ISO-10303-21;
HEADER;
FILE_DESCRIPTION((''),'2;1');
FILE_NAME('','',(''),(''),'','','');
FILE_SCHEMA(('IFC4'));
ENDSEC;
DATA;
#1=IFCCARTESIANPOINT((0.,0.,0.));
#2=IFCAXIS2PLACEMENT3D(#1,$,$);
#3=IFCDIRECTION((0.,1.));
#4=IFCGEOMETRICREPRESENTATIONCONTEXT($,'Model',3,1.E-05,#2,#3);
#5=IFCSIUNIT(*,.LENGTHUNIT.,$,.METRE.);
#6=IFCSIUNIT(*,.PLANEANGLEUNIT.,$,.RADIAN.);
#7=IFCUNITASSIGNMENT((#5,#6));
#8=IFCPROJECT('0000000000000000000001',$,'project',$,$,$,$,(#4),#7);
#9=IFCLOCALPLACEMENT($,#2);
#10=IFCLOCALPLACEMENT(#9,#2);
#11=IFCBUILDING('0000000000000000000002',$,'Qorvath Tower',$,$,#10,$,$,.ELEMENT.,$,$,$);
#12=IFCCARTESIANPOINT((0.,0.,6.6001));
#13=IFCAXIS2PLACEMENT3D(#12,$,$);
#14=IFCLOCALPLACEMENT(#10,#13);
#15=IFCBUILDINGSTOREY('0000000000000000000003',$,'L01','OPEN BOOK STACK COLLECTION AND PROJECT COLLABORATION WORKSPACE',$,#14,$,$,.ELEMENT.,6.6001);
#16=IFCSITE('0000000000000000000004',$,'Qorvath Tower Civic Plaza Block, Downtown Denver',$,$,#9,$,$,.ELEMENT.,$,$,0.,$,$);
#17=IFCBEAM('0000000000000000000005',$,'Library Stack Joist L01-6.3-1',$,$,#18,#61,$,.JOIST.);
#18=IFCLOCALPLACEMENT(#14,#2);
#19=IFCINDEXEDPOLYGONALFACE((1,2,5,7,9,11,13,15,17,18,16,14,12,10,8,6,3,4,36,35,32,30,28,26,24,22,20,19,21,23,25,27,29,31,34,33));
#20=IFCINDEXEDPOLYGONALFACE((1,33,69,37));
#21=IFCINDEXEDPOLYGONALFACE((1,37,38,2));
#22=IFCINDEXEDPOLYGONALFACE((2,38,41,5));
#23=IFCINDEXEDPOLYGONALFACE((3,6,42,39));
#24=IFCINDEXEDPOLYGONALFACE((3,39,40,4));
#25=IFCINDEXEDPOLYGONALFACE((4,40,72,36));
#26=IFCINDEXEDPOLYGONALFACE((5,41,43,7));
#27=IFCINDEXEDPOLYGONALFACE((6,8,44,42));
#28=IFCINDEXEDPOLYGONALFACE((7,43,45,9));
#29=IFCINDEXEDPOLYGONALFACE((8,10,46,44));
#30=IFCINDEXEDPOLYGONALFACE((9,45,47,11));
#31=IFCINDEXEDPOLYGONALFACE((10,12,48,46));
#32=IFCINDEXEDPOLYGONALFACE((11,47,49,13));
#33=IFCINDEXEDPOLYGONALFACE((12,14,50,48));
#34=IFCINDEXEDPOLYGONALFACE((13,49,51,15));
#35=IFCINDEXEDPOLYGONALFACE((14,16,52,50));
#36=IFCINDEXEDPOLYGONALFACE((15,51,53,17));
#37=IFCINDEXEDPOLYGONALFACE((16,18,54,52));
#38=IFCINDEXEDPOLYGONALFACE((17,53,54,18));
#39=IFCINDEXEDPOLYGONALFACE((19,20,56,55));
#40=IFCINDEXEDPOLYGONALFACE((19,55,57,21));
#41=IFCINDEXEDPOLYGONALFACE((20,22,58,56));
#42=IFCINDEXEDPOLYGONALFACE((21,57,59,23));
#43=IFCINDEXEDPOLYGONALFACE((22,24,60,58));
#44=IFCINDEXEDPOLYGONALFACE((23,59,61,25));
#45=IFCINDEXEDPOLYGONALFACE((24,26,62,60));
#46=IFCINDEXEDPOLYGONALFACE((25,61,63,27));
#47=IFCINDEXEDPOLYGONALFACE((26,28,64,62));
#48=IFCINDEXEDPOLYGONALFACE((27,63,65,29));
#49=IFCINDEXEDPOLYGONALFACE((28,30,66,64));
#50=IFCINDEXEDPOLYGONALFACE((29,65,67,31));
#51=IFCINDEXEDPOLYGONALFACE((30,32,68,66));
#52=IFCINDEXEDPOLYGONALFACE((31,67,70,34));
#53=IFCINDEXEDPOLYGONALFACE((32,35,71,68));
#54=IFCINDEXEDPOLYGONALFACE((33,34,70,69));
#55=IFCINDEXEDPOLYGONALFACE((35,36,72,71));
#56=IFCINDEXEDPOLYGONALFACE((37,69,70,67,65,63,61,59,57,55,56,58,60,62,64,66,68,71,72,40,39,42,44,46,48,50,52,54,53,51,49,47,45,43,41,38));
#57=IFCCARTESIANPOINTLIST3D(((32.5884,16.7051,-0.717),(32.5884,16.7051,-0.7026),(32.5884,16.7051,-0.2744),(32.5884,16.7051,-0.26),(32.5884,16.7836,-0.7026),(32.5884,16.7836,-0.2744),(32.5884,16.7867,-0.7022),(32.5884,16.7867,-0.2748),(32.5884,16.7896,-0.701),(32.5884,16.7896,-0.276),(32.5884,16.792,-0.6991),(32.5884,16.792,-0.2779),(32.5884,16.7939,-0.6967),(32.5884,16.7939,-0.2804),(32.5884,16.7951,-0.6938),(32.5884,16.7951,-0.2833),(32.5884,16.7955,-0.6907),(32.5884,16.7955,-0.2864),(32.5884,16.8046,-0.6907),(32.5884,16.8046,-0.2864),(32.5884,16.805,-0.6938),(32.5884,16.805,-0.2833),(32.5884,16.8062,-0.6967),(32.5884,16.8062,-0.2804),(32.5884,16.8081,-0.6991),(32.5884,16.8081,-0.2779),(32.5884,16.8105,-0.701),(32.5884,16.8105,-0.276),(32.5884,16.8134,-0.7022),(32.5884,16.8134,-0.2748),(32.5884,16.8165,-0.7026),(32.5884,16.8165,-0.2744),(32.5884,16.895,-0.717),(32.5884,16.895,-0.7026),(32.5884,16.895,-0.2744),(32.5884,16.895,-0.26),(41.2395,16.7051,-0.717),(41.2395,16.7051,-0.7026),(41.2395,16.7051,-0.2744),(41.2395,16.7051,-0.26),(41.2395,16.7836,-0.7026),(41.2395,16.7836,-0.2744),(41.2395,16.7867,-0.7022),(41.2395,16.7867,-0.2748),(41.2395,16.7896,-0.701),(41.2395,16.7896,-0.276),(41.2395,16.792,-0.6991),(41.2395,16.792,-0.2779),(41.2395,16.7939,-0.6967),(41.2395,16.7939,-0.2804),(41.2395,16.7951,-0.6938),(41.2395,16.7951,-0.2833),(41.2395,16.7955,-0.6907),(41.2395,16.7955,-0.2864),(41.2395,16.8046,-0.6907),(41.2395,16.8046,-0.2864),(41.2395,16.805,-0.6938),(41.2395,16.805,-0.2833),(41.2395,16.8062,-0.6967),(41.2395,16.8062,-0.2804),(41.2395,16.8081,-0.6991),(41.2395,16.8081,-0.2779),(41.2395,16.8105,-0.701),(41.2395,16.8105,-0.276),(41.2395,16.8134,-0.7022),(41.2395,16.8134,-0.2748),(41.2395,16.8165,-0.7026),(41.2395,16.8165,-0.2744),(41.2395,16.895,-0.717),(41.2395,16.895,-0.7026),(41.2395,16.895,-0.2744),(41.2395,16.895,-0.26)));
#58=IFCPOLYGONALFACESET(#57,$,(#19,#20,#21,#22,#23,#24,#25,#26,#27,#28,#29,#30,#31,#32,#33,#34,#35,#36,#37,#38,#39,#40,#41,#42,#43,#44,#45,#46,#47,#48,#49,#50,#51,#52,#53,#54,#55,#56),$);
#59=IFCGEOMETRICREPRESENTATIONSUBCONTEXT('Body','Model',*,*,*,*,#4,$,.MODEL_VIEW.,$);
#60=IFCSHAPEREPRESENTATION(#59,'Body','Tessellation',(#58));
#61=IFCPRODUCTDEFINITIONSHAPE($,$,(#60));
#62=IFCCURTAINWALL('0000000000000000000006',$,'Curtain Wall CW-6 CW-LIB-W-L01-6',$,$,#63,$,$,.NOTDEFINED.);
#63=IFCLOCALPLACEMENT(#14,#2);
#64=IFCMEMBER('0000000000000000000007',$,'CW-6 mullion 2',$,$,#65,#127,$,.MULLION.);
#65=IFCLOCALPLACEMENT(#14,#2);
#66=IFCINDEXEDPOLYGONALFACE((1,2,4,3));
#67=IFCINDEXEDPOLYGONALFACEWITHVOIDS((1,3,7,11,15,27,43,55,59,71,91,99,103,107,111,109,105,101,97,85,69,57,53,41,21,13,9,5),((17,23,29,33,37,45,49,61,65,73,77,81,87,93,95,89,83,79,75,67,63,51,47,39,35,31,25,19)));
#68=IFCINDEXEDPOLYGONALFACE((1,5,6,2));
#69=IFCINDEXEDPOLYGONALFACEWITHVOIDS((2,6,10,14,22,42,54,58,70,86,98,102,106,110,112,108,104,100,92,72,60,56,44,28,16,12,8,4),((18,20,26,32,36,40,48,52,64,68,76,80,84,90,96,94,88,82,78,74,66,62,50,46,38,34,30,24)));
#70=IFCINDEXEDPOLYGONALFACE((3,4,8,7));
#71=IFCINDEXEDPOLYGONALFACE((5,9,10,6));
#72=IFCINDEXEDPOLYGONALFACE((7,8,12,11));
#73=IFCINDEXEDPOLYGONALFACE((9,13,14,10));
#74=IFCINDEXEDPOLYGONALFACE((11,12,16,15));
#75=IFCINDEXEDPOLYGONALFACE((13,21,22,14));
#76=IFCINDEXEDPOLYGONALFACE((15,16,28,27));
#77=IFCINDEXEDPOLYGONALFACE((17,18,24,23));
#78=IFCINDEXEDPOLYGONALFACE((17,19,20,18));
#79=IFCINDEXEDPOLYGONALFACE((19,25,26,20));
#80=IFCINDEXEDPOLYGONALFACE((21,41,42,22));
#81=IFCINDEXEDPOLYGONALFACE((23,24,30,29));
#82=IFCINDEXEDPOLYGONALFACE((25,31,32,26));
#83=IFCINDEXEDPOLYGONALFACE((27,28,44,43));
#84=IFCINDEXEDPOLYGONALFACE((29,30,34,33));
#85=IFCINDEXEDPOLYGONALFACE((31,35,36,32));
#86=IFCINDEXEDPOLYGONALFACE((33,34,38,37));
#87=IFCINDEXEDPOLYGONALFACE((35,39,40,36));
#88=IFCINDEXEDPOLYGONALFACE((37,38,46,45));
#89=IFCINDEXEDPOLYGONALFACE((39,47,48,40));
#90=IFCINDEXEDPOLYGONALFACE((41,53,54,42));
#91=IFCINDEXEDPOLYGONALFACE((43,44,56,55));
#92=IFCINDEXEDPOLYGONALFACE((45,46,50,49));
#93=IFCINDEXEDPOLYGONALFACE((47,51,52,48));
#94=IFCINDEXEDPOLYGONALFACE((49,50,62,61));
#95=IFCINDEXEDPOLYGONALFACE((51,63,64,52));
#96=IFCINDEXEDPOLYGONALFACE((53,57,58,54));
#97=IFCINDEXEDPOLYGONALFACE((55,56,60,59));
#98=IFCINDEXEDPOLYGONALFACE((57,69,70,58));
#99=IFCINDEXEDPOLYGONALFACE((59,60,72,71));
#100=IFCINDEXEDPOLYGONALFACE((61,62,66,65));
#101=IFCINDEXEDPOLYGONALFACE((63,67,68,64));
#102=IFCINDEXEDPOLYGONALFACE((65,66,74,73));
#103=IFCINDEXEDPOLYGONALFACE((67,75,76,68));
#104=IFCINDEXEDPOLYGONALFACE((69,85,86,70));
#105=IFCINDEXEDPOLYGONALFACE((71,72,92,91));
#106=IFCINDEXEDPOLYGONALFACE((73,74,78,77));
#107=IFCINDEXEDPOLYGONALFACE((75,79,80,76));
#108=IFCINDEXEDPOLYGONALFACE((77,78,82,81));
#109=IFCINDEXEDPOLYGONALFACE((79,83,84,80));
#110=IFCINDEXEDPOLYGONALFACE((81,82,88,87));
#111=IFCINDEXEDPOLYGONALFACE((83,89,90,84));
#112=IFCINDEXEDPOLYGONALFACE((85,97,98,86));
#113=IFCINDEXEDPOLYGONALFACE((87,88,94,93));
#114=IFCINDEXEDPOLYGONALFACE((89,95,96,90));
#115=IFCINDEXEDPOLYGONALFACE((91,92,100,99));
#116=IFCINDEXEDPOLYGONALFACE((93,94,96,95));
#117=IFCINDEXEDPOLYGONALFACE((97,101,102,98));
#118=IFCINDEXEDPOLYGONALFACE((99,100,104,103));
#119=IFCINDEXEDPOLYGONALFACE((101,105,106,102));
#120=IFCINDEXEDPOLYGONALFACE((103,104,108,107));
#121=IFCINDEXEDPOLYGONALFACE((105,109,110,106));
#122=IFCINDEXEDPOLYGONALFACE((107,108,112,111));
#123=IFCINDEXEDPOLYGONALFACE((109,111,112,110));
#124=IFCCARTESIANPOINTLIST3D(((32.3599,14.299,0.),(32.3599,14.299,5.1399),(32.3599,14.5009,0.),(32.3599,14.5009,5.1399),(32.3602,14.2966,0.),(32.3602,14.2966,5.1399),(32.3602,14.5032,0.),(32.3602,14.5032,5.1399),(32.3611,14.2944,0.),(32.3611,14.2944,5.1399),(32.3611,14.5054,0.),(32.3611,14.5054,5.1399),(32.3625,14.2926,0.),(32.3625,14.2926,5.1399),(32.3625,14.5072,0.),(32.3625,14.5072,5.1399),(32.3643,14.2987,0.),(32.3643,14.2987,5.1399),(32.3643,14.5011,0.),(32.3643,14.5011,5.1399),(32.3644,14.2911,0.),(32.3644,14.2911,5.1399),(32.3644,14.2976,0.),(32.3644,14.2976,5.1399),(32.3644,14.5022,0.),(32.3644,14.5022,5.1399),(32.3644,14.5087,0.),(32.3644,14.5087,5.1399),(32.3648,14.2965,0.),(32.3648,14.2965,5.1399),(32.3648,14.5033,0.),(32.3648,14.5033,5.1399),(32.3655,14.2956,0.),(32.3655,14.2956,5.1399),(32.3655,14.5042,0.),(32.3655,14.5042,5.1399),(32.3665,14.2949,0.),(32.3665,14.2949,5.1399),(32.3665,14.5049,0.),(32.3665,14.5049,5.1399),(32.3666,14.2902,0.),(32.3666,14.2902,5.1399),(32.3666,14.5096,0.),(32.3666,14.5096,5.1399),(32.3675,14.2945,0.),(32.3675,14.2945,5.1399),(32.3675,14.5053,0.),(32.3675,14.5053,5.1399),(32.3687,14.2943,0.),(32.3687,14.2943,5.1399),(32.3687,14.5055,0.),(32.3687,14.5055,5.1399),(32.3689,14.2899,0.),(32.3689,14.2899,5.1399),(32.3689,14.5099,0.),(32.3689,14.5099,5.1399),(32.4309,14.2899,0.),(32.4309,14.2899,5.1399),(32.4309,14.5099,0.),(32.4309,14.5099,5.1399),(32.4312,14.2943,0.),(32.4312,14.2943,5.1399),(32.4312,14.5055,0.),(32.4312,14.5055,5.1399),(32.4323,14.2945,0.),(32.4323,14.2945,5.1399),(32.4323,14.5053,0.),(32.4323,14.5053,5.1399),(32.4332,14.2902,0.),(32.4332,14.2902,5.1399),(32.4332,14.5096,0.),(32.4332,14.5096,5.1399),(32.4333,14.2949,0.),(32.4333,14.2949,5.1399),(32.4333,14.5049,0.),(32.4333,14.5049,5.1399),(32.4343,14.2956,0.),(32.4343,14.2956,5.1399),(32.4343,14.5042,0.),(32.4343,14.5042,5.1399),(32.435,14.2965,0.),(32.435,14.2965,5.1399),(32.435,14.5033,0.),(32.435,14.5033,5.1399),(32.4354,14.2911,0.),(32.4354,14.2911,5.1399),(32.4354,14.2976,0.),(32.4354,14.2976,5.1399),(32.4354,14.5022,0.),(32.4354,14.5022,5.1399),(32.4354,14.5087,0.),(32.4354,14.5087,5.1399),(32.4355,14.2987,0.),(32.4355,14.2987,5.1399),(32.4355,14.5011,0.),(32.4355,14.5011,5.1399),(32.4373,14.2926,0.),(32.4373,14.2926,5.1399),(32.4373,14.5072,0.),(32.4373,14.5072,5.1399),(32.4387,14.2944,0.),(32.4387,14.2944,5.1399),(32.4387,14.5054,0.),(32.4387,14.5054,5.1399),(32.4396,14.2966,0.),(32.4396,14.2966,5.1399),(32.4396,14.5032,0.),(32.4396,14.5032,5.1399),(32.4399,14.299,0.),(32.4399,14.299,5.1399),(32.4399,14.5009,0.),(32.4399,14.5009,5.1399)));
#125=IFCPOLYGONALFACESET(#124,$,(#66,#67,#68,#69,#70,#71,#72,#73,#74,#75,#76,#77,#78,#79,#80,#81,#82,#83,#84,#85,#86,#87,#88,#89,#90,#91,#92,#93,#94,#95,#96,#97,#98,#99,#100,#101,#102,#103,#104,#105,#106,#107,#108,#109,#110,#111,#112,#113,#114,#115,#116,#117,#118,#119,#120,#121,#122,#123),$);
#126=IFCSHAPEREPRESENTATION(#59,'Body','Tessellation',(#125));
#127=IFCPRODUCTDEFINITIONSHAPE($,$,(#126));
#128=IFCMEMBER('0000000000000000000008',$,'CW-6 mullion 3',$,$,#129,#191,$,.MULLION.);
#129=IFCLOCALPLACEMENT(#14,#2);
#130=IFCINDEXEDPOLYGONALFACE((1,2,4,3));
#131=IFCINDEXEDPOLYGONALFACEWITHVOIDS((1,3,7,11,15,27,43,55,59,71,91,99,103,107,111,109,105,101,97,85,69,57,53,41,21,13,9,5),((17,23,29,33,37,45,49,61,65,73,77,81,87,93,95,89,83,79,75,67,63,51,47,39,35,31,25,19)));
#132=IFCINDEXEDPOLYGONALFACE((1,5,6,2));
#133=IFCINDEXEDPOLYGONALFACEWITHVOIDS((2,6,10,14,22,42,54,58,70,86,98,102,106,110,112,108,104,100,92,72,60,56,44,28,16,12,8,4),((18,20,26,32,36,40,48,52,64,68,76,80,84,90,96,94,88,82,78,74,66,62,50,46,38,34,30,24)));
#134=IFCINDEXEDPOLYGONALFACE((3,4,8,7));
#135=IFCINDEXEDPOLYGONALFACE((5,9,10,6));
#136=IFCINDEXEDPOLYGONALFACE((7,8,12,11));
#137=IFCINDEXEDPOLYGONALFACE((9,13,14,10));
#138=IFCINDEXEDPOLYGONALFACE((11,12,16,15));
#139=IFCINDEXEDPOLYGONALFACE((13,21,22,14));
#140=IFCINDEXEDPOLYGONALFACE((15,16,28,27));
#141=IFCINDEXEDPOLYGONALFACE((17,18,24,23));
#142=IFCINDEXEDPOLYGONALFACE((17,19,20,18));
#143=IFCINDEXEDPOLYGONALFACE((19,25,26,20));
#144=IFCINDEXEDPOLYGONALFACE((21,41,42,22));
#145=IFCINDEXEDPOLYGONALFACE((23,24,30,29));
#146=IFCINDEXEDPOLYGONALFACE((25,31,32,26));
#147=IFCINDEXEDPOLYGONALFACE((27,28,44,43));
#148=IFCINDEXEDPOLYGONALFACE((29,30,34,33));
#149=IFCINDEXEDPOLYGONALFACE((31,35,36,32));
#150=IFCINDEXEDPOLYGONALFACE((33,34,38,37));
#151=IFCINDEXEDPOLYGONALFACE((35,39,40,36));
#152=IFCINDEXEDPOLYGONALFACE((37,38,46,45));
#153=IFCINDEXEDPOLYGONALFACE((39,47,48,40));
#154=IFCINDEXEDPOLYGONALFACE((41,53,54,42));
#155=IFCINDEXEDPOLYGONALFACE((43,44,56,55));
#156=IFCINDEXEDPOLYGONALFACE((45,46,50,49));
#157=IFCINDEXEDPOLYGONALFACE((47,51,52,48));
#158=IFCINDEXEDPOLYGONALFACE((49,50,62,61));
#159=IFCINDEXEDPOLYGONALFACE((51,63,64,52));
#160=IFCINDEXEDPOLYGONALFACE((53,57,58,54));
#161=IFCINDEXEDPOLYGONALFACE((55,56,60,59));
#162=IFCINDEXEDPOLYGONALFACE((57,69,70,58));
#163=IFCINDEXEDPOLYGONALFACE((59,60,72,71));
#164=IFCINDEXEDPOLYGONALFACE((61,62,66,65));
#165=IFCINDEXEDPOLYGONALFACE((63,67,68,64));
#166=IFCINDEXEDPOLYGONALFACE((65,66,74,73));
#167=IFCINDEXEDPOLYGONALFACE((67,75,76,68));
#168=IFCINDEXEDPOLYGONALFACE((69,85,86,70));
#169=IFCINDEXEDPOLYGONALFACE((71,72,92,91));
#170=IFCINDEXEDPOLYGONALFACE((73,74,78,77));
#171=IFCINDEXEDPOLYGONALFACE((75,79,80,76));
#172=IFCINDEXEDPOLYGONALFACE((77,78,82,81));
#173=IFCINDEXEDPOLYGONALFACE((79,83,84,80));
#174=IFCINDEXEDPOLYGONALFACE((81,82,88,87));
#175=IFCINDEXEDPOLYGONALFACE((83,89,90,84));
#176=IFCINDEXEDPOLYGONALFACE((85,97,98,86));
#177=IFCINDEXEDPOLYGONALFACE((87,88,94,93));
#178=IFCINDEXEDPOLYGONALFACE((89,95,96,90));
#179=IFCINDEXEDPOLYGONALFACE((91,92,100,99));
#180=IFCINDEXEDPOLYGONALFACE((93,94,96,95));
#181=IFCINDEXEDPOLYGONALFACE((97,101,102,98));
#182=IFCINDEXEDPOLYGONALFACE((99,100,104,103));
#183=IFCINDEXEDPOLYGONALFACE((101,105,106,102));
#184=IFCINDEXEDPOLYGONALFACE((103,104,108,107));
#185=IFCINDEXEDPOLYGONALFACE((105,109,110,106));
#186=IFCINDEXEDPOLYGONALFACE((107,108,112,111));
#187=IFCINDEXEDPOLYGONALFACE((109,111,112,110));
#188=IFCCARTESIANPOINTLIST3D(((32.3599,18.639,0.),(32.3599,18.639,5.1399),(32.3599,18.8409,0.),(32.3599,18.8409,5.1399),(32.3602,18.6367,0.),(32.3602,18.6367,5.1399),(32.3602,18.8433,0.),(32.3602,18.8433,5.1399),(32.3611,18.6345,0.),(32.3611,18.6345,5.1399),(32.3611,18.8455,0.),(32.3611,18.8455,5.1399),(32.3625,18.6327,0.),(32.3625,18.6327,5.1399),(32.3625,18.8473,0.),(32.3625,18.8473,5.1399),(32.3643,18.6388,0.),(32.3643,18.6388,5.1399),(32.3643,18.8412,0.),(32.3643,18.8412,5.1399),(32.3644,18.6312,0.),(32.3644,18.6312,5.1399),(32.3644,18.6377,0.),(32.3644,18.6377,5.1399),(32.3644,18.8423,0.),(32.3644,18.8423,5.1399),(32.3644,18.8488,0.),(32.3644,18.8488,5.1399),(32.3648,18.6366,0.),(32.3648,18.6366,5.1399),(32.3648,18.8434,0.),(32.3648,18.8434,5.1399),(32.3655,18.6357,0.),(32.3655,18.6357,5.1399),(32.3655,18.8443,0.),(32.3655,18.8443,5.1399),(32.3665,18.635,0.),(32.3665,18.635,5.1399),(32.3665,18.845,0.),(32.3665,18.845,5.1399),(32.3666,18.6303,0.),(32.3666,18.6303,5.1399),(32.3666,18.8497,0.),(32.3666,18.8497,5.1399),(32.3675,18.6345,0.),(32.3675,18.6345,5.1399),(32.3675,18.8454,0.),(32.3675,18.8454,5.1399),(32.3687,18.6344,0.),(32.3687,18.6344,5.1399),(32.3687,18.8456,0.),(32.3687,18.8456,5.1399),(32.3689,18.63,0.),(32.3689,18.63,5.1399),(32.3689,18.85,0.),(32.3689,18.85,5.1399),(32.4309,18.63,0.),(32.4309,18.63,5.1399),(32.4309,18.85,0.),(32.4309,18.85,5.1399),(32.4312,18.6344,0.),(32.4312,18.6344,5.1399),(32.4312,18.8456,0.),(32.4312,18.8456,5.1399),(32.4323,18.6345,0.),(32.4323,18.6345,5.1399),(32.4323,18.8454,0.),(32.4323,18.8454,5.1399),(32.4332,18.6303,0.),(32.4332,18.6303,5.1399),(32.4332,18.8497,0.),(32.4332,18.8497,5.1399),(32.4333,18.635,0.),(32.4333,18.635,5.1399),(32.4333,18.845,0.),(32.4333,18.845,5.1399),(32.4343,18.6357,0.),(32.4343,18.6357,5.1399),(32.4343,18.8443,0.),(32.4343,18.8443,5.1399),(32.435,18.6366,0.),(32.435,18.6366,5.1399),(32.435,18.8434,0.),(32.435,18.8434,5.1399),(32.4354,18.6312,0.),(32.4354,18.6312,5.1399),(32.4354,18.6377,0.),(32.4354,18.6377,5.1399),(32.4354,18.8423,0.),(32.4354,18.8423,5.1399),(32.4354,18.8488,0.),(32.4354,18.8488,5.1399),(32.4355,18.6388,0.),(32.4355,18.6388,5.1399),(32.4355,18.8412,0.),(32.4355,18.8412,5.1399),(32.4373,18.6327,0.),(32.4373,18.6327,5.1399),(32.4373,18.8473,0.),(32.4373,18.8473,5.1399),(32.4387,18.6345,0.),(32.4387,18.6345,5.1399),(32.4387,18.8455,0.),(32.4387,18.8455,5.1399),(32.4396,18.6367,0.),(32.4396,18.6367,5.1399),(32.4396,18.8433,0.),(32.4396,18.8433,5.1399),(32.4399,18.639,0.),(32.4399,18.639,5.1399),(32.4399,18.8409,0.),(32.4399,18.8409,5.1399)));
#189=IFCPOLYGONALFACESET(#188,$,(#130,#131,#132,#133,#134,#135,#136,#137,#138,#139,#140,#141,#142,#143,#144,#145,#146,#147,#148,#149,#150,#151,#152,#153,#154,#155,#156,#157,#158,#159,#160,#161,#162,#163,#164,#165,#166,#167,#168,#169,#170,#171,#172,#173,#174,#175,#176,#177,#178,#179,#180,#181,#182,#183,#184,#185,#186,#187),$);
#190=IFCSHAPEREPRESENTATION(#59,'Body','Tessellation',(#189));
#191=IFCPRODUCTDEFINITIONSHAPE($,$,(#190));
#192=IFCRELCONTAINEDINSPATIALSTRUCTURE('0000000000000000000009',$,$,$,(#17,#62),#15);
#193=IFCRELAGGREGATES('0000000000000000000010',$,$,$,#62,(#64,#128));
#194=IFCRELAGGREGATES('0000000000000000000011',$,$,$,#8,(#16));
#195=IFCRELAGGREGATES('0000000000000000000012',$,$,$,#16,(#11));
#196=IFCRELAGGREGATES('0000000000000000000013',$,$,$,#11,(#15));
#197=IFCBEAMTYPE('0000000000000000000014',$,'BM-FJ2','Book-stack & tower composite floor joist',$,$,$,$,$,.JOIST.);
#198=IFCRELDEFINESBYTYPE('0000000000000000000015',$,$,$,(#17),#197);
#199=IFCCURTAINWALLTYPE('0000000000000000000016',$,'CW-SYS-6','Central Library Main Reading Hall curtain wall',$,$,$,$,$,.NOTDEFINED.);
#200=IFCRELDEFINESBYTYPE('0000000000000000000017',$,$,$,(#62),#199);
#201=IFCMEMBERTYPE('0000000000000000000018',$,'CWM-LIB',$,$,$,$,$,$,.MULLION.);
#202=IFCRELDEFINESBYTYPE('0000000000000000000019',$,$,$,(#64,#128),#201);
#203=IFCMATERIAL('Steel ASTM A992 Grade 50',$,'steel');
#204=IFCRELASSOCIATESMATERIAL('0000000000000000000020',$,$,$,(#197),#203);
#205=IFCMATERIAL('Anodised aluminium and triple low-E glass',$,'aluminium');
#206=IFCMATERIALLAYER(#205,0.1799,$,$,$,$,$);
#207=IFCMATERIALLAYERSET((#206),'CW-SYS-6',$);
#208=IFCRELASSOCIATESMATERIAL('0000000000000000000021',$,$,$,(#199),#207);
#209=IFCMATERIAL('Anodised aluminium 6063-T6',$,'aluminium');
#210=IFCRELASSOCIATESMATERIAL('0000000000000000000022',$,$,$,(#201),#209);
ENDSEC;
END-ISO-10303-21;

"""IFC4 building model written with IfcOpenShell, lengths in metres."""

from ifc_helpers import new_model, si_unit, direction, frame, origin, origin_2d, place, context, subcontext, project, spatial, hollow_rectangle, i_section, extrude, material, layer, layer_set, material_profile, profile_set, type_object, element, aggregate, save


model = new_model("IFC4")

# Units and contexts
model_context = context("Model", 3, precision=1e-05, world=origin(), true_north=direction((0.0, 1.0)))
body_context = subcontext(model_context, "Body", "Model", "MODEL_VIEW")
ifc_project = project(units=[si_unit("LENGTHUNIT", "METRE"), si_unit("PLANEANGLEUNIT", "RADIAN")], contexts=[model_context])

# Site, building, storey
site_placement = place(None, origin())
site = spatial("IfcSite", under=ifc_project, at=site_placement, Name="Qorvath Tower Civic Plaza Block, Downtown Denver", CompositionType="ELEMENT", RefElevation=0.0)
building_placement = place(site_placement, origin())
building = spatial("IfcBuilding", under=site, at=building_placement, Name="Qorvath Tower", CompositionType="ELEMENT")
storey_placement = place(building_placement, frame((0.0, 0.0, 6.6001)))
storey = spatial("IfcBuildingStorey", under=building, at=storey_placement, Name="L01", Description="OPEN BOOK STACK COLLECTION AND PROJECT COLLABORATION WORKSPACE", CompositionType="ELEMENT", Elevation=6.6001)

# Beam
ifc_material_1 = material(Name="Steel ASTM A992 Grade 50", Category="steel")
ifc_material_profile_1 = material_profile(ifc_material_1, i_section(OverallWidth=0.1899, OverallDepth=0.457, WebThickness=0.009, FlangeThickness=0.0144, FilletRadius=0.012, at=origin_2d()), Name="W18x50")
ifc_profile_set_1 = profile_set([ifc_material_profile_1], Name="Steel ASTM A992 Grade 50")
beam_type_1 = type_object("IfcBeamType", Name="BM-FJ2", Description="Book-stack & tower composite floor joist", PredefinedType="JOIST", material=ifc_profile_set_1)
for number, where, z_axis, x_axis, name in (
    (1, (32.5884, 16.8, -0.4885), (1.0, 0.0, 0.0), (0.0, 1.0, 0.0), "Library Stack Joist L01-6.3-1"),
):
    element("IfcBeam", number, at=place(storey_placement, frame(where, z_axis=z_axis, x_axis=x_axis)), inside=storey, type_object=beam_type_1, Name=name, PredefinedType="JOIST", context=body_context, shape_type="SweptSolid", body=[
        extrude(i_section(OverallWidth=0.1899, OverallDepth=0.457, WebThickness=0.009, FlangeThickness=0.0144, FilletRadius=0.012, at=origin_2d()), origin(), (0.0, 0.0, 1.0), 8.6511),
    ])

# Curtain wall, members
ifc_material_2 = material(Name="Anodised aluminium and triple low-E glass", Category="aluminium")
ifc_layer_1 = layer(ifc_material_2, 0.1799)
ifc_layer_set_1 = layer_set([ifc_layer_1], Name="CW-SYS-6")
curtain_wall_type = type_object("IfcCurtainWallType", Name="CW-SYS-6", Description="Central Library Main Reading Hall curtain wall", PredefinedType="NOTDEFINED", material=ifc_layer_set_1)
curtain_wall_placement = place(storey_placement, origin())
curtain_wall = element("IfcCurtainWall", 2, at=curtain_wall_placement, inside=storey, type_object=curtain_wall_type, Name="Curtain Wall CW-6 CW-LIB-W-L01-6", PredefinedType="NOTDEFINED")
ifc_material_3 = material(Name="Anodised aluminium 6063-T6", Category="aluminium")
ifc_material_profile_2 = material_profile(ifc_material_3, hollow_rectangle(XDim=0.0801, YDim=0.22, WallThickness=0.0044, InnerFilletRadius=0.0044, OuterFilletRadius=0.009, at=origin_2d()), Name="CWM LIB 220x80")
ifc_profile_set_2 = profile_set([ifc_material_profile_2], Name="Anodised aluminium 6063-T6")
member_type_1 = type_object("IfcMemberType", Name="CWM-LIB", PredefinedType="MULLION", material=ifc_profile_set_2)
member_1_placement = place(storey_placement, frame((32.3999, 14.3999, 0.0), z_axis=(0.0, 0.0, 1.0), x_axis=(-1.0, 0.0, 0.0)))
member_1 = element("IfcMember", 3, at=member_1_placement, type_object=member_type_1, Name="CW-6 mullion 2", PredefinedType="MULLION", context=body_context, shape_type="SweptSolid", body=[
    extrude(hollow_rectangle(XDim=0.0801, YDim=0.22, WallThickness=0.0044, InnerFilletRadius=0.0044, OuterFilletRadius=0.009, at=origin_2d()), origin(), (0.0, 0.0, 1.0), 5.1399),
])
member_2_placement = place(storey_placement, frame((32.3999, 18.74, 0.0), z_axis=(0.0, 0.0, 1.0), x_axis=(-1.0, 0.0, 0.0)))
member_2 = element("IfcMember", 4, at=member_2_placement, type_object=member_type_1, Name="CW-6 mullion 3", PredefinedType="MULLION", context=body_context, shape_type="SweptSolid", body=[
    extrude(hollow_rectangle(XDim=0.0801, YDim=0.22, WallThickness=0.0044, InnerFilletRadius=0.0044, OuterFilletRadius=0.009, at=origin_2d()), origin(), (0.0, 0.0, 1.0), 5.1399),
])
aggregate(curtain_wall, [member_1, member_2])

save(model, "model.ifc")
